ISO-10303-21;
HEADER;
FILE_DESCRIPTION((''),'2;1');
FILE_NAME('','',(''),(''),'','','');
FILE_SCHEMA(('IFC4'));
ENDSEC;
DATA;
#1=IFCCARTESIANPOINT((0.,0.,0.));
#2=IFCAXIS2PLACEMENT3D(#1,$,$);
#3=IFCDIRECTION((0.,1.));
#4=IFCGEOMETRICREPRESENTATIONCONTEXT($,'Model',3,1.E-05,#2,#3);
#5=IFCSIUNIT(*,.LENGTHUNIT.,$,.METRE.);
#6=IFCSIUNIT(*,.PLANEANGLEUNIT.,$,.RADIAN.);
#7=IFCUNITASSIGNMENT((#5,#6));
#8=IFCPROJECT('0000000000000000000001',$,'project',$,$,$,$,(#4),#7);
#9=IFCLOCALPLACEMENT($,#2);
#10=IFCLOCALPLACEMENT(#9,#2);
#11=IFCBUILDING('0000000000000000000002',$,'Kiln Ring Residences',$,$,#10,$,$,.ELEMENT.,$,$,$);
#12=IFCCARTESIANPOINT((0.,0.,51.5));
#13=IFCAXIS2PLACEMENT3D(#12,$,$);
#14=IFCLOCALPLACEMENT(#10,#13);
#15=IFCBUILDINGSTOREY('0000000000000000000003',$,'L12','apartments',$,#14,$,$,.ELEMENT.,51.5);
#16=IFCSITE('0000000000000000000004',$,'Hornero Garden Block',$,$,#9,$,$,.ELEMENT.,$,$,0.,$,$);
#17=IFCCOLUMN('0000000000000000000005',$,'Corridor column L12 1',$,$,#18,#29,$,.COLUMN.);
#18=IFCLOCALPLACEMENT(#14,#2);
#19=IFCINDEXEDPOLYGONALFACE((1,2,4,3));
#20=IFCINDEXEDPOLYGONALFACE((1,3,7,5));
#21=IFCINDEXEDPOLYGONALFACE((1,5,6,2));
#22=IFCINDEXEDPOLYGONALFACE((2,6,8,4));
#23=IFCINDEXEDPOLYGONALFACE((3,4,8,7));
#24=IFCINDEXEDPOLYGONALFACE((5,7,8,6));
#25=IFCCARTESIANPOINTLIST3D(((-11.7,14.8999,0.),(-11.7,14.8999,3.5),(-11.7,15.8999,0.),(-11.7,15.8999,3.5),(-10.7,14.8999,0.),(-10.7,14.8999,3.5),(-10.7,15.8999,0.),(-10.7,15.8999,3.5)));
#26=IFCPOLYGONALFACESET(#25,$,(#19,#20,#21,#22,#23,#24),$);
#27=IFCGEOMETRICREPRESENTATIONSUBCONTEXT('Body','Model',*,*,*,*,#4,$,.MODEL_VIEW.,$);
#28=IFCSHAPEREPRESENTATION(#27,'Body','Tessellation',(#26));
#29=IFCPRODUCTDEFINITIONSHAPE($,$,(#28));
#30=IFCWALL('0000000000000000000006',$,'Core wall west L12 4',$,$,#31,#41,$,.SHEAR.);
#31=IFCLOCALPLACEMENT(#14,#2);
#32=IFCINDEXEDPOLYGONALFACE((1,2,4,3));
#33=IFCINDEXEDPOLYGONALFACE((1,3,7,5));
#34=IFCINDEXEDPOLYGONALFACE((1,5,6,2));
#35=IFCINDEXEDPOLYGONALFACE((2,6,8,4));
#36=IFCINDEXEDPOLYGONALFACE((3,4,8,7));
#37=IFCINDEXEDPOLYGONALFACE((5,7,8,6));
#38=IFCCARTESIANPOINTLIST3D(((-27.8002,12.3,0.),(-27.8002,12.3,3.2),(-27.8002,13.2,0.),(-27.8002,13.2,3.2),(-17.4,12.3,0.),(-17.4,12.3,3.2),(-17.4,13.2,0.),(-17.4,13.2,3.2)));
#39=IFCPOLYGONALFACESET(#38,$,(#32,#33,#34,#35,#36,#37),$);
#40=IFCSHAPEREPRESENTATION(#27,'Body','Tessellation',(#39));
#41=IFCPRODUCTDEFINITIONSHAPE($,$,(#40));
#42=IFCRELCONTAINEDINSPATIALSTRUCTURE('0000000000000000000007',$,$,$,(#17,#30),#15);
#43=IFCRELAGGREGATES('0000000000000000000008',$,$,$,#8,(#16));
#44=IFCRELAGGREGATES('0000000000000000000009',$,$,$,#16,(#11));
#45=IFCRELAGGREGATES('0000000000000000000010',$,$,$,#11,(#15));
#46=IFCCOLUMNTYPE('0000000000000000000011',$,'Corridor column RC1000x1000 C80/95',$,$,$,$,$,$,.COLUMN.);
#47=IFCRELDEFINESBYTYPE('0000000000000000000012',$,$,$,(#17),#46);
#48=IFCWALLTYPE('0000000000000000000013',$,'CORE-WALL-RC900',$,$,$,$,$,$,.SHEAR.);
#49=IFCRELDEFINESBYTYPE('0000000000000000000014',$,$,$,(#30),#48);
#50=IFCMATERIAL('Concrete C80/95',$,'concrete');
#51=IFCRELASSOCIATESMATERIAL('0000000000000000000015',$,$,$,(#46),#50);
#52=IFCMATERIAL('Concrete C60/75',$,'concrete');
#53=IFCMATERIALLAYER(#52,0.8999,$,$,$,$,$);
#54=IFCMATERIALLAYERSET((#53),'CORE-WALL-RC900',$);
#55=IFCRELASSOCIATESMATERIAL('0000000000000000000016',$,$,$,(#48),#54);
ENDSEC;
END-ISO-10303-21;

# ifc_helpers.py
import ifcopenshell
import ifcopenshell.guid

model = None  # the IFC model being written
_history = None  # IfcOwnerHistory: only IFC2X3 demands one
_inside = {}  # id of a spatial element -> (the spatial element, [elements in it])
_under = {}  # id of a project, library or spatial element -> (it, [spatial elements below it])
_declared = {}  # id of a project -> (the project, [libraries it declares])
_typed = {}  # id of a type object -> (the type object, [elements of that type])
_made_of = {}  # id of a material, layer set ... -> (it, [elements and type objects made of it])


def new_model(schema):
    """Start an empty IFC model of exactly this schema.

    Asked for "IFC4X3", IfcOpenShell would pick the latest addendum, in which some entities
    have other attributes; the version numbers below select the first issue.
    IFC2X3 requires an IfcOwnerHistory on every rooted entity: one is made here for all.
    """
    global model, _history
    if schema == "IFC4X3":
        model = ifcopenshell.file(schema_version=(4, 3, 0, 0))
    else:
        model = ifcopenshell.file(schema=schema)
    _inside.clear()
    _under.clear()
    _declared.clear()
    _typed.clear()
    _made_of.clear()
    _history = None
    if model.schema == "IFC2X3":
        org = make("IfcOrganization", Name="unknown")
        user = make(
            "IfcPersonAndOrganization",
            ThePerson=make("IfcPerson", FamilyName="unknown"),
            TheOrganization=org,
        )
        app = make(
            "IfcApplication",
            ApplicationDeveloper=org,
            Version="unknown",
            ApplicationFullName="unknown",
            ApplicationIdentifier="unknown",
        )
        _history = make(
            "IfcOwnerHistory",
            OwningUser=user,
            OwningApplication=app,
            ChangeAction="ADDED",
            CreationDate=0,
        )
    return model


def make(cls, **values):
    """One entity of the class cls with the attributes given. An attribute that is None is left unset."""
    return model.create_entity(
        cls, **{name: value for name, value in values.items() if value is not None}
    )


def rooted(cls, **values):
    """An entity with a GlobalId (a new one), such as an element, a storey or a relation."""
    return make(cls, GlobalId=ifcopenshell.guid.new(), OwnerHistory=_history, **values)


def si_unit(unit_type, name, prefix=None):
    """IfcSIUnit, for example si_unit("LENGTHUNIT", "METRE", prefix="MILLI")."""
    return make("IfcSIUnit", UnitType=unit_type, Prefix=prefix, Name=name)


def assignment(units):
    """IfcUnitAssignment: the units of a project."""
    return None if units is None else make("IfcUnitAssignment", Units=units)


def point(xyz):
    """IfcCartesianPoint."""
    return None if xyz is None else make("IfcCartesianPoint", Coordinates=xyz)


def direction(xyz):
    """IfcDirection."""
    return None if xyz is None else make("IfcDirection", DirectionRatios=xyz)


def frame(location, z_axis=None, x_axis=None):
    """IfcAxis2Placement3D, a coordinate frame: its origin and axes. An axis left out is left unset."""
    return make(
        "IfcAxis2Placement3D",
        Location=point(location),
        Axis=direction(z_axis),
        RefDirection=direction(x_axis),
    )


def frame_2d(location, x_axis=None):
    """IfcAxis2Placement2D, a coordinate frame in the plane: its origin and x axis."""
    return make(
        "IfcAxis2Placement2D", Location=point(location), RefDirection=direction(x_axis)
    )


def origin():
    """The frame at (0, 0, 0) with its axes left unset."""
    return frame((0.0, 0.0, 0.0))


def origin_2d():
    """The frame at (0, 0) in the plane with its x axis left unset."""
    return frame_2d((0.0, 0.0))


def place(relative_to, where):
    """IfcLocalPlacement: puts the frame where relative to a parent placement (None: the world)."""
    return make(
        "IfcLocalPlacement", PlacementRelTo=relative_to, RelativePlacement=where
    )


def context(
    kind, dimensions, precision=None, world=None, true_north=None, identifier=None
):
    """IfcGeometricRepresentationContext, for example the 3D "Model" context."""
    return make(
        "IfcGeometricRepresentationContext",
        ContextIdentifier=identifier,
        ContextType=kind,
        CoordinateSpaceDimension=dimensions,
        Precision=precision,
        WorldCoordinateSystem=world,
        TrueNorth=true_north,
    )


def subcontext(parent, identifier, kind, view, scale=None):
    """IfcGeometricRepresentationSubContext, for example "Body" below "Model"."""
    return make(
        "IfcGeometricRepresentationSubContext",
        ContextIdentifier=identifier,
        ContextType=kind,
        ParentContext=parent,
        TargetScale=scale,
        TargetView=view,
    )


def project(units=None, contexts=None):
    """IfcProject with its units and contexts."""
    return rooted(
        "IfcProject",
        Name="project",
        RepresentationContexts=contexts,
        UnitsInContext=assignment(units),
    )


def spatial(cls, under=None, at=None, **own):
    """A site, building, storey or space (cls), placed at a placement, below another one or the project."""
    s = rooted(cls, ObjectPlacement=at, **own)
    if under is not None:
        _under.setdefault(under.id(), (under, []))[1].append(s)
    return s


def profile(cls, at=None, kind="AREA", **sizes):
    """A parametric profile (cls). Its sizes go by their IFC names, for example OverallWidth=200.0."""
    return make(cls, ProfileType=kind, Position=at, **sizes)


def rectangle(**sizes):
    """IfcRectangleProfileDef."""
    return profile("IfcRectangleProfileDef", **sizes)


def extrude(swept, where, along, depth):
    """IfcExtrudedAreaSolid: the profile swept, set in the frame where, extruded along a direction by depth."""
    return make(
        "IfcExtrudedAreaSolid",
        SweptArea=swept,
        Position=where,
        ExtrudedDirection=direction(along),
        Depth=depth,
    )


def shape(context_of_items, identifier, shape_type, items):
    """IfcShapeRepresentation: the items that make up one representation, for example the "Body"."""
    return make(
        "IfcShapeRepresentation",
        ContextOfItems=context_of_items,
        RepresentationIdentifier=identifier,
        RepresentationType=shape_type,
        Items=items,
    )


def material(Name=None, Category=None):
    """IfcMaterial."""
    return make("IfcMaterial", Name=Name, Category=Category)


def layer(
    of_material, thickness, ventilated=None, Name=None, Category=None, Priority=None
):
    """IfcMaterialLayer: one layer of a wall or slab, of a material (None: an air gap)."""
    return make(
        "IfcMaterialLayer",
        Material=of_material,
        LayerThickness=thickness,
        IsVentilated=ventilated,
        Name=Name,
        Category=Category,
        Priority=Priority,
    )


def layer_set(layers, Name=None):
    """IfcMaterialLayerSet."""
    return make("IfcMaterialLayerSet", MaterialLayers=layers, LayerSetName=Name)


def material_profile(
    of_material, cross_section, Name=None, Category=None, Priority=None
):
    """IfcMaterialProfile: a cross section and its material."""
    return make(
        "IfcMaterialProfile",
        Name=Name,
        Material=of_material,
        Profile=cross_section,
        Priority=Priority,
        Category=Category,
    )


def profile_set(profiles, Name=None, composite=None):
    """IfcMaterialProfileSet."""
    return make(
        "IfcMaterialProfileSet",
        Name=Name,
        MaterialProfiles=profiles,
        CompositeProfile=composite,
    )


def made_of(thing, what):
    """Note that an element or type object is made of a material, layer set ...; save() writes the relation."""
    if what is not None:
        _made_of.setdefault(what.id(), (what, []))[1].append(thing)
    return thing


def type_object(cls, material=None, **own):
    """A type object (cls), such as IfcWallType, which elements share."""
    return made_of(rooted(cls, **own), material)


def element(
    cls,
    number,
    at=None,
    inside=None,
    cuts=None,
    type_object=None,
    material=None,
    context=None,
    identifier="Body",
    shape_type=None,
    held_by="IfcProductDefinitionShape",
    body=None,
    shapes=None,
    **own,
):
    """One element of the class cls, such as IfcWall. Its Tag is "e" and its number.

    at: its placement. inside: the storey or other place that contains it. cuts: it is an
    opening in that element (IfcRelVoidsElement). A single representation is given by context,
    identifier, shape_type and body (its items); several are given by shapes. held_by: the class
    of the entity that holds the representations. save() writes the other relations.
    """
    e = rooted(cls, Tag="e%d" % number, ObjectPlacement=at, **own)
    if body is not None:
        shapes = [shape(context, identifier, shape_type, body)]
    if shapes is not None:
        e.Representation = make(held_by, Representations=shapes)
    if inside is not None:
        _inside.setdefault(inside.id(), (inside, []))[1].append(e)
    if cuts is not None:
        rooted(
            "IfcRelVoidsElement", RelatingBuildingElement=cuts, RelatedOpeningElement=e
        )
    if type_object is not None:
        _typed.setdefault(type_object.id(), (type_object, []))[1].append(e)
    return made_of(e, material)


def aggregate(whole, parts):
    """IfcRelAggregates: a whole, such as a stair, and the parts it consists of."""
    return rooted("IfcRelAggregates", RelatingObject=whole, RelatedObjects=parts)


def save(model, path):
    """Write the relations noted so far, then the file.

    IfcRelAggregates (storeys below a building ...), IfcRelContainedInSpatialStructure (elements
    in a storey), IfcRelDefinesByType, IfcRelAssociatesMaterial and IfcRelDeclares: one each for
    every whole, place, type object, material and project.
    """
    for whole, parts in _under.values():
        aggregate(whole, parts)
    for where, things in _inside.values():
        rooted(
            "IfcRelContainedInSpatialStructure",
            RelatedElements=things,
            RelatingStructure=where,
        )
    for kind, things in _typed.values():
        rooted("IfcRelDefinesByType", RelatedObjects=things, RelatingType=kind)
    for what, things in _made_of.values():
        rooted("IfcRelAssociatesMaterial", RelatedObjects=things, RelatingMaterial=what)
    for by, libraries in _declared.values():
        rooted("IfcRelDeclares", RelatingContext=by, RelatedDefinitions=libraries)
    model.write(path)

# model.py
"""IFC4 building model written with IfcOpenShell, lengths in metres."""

from ifc_helpers import new_model, si_unit, direction, frame, frame_2d, origin, origin_2d, place, context, subcontext, project, spatial, rectangle, extrude, material, layer, layer_set, material_profile, profile_set, type_object, element, save


model = new_model("IFC4")

# Units and contexts
model_context = context("Model", 3, precision=1e-05, world=origin(), true_north=direction((0.0, 1.0)))
body_context = subcontext(model_context, "Body", "Model", "MODEL_VIEW")
ifc_project = project(units=[si_unit("LENGTHUNIT", "METRE"), si_unit("PLANEANGLEUNIT", "RADIAN")], contexts=[model_context])

# Site, building, storey
site_placement = place(None, origin())
site = spatial("IfcSite", under=ifc_project, at=site_placement, Name="Hornero Garden Block", CompositionType="ELEMENT", RefElevation=0.0)
building_placement = place(site_placement, origin())
building = spatial("IfcBuilding", under=site, at=building_placement, Name="Kiln Ring Residences", CompositionType="ELEMENT")
storey_placement = place(building_placement, frame((0.0, 0.0, 51.5)))
storey = spatial("IfcBuildingStorey", under=building, at=storey_placement, Name="L12", Description="apartments", CompositionType="ELEMENT", Elevation=51.5)

# Column
ifc_material_1 = material(Name="Concrete C80/95", Category="concrete")
ifc_material_profile = material_profile(ifc_material_1, rectangle(XDim=1.0, YDim=1.0, at=origin_2d()), Name="RC1000x1000")
ifc_profile_set = profile_set([ifc_material_profile], Name="Concrete C80/95")
column_type = type_object("IfcColumnType", Name="Corridor column RC1000x1000 C80/95", PredefinedType="COLUMN", material=ifc_profile_set)
column_placement = place(storey_placement, frame((-11.2, 15.3999, 0.0), z_axis=(0.0, 0.0, 1.0), x_axis=(1.0, 0.0, 0.0)))
element("IfcColumn", 1, at=column_placement, inside=storey, type_object=column_type, Name="Corridor column L12 1", PredefinedType="COLUMN", context=body_context, shape_type="SweptSolid", body=[
    extrude(rectangle(XDim=1.0, YDim=1.0, at=origin_2d()), origin(), (0.0, 0.0, 1.0), 3.5),
])

# Wall
ifc_material_2 = material(Name="Concrete C60/75", Category="concrete")
ifc_layer_1 = layer(ifc_material_2, 0.8999)
ifc_layer_set_1 = layer_set([ifc_layer_1], Name="CORE-WALL-RC900")
wall_type_1 = type_object("IfcWallType", Name="CORE-WALL-RC900", PredefinedType="SHEAR", material=ifc_layer_set_1)
wall_1_placement = place(storey_placement, frame((-17.3999, 12.75, 0.0), z_axis=(0.0, 0.0, 1.0), x_axis=(-1.0, 0.0, 0.0)))
element("IfcWall", 2, at=wall_1_placement, inside=storey, type_object=wall_type_1, Name="Core wall west L12 4", PredefinedType="SHEAR", context=body_context, shape_type="SweptSolid", body=[
    extrude(rectangle(XDim=10.4001, YDim=0.8999, at=frame_2d((5.2002, 0.0))), origin(), (0.0, 0.0, 1.0), 3.2),
])

save(model, "model.ifc")
